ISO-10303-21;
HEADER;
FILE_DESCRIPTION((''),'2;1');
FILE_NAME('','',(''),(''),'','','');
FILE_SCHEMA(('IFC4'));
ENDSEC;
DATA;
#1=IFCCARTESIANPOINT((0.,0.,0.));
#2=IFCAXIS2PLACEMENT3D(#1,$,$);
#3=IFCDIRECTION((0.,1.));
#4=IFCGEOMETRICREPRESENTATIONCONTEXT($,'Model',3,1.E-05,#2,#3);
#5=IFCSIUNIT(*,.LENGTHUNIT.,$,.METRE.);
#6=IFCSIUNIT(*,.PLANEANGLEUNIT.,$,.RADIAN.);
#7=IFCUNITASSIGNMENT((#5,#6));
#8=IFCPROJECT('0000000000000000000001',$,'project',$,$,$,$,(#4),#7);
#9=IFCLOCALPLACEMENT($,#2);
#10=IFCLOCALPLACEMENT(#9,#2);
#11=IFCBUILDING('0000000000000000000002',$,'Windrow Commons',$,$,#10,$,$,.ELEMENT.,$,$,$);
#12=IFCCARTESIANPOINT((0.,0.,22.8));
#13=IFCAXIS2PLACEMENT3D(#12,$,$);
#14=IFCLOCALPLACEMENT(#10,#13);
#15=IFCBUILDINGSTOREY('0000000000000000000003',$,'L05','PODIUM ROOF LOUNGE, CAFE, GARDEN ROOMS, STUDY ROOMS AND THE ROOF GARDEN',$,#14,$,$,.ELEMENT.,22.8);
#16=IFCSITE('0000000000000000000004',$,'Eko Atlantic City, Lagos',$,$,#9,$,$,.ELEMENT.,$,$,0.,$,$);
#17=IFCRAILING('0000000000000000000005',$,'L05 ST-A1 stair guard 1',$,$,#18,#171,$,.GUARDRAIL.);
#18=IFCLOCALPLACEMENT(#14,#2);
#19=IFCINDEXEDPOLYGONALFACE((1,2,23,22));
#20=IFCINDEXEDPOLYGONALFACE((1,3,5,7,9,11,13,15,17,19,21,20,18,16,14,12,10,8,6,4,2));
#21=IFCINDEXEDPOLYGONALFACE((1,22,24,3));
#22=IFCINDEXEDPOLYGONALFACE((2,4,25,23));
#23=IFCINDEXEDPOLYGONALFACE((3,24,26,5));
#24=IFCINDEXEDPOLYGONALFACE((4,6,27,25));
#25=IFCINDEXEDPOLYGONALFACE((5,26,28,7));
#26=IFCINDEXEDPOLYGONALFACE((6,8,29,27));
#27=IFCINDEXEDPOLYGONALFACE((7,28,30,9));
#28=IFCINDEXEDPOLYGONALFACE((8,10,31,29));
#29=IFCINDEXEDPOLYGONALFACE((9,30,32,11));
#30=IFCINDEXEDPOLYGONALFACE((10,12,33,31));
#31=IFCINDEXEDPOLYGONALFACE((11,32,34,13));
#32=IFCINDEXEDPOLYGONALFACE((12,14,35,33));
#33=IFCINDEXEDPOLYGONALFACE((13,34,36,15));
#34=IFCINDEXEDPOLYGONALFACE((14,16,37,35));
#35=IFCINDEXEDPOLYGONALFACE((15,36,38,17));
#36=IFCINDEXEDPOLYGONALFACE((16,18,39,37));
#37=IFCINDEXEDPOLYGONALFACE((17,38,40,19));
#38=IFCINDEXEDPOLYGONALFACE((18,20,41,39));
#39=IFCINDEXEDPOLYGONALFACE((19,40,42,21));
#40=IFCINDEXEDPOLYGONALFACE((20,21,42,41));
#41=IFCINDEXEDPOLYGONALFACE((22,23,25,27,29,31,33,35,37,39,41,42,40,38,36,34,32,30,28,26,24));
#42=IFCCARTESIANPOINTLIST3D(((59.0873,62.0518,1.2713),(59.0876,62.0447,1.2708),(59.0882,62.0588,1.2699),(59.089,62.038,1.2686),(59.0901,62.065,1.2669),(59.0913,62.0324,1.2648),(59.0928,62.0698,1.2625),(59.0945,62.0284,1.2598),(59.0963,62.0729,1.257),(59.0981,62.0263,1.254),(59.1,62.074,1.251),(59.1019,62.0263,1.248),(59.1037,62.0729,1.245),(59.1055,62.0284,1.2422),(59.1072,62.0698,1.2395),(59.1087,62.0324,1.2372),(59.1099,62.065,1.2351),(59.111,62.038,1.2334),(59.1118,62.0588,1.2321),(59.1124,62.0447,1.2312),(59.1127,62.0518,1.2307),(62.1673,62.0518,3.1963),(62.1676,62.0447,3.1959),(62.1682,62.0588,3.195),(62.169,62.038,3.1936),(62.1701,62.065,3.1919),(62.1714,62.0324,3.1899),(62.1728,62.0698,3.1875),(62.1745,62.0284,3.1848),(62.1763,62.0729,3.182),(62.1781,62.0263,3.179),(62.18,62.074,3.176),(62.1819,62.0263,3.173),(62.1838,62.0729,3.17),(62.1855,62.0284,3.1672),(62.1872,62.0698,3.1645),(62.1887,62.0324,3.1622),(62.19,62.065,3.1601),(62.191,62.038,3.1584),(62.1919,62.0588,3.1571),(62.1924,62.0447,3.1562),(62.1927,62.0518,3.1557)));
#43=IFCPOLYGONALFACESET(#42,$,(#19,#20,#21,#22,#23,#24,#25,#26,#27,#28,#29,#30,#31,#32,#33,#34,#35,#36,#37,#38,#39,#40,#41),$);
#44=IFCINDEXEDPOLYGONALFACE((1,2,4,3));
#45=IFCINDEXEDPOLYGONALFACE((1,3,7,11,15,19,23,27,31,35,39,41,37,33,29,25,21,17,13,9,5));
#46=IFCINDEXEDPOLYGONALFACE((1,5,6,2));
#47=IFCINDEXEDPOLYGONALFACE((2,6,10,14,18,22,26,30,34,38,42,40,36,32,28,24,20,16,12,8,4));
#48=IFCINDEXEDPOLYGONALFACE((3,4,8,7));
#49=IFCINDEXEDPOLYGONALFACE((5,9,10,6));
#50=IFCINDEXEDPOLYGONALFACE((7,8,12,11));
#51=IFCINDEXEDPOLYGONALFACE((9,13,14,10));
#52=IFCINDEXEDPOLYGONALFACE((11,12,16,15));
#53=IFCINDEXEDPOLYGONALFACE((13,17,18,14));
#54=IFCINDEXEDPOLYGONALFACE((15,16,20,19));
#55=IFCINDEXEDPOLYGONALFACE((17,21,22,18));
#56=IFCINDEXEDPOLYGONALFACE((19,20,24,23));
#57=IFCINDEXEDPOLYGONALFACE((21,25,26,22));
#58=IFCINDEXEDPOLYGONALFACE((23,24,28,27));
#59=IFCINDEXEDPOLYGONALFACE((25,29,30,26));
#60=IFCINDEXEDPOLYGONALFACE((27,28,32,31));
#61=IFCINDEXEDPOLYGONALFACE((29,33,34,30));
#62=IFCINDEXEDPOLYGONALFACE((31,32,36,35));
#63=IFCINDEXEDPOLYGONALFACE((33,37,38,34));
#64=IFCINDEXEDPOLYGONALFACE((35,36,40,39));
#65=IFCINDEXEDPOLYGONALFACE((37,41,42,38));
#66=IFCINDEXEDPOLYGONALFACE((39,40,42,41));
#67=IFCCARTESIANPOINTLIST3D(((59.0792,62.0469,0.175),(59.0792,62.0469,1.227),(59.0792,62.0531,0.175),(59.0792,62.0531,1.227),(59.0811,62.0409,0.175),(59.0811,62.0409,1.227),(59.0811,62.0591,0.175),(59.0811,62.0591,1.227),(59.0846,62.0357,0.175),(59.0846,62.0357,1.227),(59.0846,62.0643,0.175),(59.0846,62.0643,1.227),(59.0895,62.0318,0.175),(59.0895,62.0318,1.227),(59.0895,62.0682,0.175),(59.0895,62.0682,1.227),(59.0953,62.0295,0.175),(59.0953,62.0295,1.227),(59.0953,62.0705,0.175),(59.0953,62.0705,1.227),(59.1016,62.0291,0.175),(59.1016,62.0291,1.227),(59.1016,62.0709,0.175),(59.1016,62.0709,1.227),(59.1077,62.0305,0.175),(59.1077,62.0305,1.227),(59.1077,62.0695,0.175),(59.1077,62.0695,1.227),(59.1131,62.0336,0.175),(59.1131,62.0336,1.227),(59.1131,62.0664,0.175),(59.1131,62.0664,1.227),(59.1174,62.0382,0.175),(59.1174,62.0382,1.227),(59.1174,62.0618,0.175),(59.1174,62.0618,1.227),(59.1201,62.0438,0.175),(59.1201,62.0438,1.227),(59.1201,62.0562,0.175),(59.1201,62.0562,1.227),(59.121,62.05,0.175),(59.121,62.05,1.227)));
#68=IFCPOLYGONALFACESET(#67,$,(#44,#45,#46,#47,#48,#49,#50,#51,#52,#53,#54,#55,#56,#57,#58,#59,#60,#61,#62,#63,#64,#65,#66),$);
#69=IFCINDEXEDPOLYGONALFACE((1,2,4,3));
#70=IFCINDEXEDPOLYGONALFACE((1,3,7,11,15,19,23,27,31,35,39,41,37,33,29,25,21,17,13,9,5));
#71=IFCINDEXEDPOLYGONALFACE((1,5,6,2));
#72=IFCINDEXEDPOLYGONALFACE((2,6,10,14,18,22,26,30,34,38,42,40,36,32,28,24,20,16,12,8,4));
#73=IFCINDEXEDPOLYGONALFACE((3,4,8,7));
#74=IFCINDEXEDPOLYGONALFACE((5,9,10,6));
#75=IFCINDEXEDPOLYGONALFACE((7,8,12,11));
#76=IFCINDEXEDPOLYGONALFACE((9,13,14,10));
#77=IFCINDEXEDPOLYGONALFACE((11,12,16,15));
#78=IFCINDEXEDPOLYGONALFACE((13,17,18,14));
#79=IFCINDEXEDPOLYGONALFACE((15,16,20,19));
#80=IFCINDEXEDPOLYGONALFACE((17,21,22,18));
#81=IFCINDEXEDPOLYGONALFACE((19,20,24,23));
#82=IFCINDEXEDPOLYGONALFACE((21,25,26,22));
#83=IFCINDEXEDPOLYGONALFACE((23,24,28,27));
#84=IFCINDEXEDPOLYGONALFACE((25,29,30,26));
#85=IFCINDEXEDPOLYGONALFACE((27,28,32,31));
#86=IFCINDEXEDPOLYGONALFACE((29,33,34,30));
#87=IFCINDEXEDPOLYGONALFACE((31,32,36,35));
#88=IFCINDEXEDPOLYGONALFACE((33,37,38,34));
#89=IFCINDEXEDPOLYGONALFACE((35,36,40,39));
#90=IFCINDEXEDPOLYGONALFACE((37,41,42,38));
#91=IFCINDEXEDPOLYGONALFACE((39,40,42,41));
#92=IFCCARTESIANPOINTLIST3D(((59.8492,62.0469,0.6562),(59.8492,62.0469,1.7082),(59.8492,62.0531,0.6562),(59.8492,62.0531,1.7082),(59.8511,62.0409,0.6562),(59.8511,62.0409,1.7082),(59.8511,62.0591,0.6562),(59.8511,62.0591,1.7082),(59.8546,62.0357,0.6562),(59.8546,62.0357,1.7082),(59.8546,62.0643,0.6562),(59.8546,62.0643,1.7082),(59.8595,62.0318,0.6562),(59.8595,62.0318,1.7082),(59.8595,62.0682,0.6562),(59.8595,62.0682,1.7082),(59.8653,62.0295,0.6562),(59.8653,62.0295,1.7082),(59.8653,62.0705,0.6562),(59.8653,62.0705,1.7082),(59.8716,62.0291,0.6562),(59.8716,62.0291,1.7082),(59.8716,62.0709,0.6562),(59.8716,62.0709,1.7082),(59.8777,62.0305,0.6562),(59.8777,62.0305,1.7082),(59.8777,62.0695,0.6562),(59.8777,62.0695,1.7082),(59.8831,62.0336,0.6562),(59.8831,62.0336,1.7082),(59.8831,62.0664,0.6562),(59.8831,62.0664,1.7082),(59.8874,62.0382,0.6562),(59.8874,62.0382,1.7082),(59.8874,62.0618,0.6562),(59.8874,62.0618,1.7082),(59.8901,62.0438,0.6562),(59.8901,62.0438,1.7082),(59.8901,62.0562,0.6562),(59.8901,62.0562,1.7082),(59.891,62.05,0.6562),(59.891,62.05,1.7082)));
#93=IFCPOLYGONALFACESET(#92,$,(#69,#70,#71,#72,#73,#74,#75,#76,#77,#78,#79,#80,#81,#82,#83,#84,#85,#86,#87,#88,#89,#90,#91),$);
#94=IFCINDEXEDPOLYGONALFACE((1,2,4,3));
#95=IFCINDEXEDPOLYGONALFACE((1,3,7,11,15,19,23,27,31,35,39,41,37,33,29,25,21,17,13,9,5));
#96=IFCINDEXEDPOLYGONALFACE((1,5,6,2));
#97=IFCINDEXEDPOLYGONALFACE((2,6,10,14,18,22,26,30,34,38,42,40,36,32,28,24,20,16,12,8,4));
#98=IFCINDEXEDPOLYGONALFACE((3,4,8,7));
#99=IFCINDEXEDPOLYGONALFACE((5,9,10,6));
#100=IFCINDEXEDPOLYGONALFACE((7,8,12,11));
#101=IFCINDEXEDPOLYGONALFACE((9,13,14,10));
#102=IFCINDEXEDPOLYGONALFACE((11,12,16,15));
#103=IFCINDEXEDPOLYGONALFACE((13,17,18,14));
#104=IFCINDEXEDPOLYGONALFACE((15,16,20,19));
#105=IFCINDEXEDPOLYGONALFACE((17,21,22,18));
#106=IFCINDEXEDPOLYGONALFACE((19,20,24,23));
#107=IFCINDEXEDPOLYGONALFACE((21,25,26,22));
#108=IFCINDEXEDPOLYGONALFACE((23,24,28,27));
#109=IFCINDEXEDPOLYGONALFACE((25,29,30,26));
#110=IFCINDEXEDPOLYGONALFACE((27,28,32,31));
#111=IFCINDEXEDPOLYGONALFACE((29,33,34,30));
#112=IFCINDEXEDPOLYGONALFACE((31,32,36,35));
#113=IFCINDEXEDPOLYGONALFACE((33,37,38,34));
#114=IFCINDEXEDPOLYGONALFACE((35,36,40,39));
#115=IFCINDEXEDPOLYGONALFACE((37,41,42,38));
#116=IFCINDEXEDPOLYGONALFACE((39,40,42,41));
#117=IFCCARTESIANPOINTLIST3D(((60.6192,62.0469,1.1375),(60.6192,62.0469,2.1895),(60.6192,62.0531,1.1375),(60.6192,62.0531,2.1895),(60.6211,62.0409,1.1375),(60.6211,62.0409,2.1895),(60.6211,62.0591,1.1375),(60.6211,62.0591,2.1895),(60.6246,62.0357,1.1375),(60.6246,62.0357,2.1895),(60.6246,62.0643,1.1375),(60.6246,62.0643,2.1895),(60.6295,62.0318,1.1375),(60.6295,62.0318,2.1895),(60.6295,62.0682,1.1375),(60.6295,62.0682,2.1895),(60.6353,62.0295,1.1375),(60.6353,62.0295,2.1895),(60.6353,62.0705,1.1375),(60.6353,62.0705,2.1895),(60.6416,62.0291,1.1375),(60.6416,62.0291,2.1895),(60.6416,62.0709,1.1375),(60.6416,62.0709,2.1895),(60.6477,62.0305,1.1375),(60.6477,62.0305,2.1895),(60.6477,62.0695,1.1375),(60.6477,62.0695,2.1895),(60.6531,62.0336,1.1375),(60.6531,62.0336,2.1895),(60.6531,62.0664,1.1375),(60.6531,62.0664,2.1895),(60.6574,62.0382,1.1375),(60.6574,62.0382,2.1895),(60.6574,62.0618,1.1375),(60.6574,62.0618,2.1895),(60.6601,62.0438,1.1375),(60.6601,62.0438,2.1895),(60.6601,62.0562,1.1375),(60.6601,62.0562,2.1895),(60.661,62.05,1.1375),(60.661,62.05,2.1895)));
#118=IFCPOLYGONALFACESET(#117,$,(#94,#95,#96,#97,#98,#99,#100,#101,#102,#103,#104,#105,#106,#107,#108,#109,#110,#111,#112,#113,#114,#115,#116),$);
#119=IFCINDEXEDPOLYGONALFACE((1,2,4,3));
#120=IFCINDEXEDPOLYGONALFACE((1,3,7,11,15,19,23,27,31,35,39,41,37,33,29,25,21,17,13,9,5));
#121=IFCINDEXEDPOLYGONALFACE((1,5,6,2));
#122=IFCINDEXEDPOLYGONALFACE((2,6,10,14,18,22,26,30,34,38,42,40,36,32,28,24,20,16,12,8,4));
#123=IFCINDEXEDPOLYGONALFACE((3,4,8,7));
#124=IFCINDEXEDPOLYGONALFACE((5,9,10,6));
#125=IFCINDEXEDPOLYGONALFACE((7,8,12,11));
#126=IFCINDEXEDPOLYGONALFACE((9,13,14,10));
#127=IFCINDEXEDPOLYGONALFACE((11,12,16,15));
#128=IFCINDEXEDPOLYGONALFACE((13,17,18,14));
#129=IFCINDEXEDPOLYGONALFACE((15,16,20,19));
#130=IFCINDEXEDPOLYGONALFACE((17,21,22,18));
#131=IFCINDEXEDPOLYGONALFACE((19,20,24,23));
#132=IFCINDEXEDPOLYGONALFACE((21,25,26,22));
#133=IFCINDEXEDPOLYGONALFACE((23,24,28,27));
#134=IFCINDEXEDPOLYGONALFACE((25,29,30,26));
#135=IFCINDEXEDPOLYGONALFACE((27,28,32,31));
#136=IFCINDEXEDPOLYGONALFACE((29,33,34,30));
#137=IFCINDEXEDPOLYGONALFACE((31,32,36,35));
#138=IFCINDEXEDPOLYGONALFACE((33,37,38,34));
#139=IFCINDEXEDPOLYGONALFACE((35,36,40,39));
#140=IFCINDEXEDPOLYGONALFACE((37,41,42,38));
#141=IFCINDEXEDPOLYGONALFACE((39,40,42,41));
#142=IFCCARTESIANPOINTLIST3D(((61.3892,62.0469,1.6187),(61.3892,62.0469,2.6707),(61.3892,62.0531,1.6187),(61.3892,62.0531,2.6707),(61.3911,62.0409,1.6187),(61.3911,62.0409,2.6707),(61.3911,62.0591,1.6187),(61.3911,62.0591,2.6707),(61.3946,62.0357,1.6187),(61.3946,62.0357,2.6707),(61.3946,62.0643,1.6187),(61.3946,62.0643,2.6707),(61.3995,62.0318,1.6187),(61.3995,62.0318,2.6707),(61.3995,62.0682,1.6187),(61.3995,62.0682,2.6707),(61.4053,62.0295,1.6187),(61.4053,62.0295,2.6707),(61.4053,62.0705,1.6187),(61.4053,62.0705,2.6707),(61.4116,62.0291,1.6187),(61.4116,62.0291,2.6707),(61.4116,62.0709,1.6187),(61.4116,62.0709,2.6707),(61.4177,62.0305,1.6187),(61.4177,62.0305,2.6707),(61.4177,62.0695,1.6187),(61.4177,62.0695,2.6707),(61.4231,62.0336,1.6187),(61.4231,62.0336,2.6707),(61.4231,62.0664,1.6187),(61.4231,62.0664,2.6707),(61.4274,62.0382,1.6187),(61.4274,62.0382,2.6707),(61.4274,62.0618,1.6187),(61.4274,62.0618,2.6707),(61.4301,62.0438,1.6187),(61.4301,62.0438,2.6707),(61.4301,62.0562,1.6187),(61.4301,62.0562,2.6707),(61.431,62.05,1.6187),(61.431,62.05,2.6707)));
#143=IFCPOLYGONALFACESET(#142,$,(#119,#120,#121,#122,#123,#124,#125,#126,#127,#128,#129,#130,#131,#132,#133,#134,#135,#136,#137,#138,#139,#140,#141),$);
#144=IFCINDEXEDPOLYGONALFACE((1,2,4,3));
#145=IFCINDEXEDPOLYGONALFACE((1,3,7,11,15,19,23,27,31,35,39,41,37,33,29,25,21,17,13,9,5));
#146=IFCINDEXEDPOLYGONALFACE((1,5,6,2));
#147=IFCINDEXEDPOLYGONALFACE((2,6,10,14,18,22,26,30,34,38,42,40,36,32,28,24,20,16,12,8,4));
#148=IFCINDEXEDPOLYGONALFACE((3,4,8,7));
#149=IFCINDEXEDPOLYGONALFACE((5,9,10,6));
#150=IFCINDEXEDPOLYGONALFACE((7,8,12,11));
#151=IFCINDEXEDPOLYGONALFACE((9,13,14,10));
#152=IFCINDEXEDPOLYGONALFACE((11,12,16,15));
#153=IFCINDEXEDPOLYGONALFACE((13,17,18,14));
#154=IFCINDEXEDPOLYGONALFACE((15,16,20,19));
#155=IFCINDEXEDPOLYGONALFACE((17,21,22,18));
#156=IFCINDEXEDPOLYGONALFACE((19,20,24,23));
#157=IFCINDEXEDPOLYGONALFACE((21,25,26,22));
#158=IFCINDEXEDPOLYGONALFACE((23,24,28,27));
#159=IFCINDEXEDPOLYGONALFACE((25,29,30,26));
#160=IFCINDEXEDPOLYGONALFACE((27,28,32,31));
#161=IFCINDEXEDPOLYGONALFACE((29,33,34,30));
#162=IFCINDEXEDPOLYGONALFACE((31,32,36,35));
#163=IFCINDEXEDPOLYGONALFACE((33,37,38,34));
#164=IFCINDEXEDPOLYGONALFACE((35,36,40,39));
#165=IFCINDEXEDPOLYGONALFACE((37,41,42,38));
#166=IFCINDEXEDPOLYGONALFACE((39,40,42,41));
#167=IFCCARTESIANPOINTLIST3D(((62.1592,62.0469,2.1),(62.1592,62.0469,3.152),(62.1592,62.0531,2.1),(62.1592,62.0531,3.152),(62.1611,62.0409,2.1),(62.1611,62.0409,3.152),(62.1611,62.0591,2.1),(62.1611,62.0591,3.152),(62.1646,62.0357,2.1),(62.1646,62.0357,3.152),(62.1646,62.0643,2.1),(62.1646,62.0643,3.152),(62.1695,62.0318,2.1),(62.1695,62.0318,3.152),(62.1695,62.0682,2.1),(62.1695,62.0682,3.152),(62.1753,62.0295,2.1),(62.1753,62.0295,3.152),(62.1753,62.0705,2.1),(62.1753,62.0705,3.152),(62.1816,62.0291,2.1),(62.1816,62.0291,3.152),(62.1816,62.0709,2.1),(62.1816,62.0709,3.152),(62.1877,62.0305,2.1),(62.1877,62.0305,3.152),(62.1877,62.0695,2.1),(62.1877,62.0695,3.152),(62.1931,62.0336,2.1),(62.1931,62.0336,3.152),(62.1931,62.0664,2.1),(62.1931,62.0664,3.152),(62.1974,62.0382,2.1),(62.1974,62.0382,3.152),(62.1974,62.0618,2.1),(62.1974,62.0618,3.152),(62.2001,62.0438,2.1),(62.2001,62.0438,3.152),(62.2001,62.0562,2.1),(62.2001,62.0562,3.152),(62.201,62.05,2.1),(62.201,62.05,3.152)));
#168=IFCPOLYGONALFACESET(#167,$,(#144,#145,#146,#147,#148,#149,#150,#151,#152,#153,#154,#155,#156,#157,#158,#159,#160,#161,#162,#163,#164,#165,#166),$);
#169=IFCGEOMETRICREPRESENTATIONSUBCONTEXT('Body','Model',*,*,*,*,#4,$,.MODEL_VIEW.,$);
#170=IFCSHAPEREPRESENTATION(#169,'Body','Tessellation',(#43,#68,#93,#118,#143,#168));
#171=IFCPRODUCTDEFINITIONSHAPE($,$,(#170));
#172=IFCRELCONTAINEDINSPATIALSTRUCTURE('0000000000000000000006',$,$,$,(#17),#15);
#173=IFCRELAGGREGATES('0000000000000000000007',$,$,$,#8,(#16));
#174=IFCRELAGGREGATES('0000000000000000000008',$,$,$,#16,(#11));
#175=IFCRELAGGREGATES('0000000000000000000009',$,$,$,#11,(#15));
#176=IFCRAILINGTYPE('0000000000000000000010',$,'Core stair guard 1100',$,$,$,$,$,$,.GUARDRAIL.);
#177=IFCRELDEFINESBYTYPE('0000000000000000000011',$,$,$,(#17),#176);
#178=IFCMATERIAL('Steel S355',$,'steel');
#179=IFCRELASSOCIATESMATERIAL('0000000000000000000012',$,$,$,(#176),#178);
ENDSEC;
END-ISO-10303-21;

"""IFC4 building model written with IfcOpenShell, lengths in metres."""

from ifc_helpers import new_model, si_unit, direction, frame, origin, origin_2d, place, context, subcontext, project, spatial, circle, extrude, material, type_object, element, save


model = new_model("IFC4")

# Units and contexts
model_context = context("Model", 3, precision=1e-05, world=origin(), true_north=direction((0.0, 1.0)))
body_context = subcontext(model_context, "Body", "Model", "MODEL_VIEW")
ifc_project = project(units=[si_unit("LENGTHUNIT", "METRE"), si_unit("PLANEANGLEUNIT", "RADIAN")], contexts=[model_context])

# Site, building, storey
site_placement = place(None, origin())
site = spatial("IfcSite", under=ifc_project, at=site_placement, Name="Eko Atlantic City, Lagos", CompositionType="ELEMENT", RefElevation=0.0)
building_placement = place(site_placement, origin())
building = spatial("IfcBuilding", under=site, at=building_placement, Name="Windrow Commons", CompositionType="ELEMENT")
storey_placement = place(building_placement, frame((0.0, 0.0, 22.8)))
storey = spatial("IfcBuildingStorey", under=building, at=storey_placement, Name="L05", Description="PODIUM ROOF LOUNGE, CAFE, GARDEN ROOMS, STUDY ROOMS AND THE ROOF GARDEN", CompositionType="ELEMENT", Elevation=22.8)

# Railing
ifc_material_1 = material(Name="Steel S355", Category="steel")
railing_type_1 = type_object("IfcRailingType", Name="Core stair guard 1100", PredefinedType="GUARDRAIL", material=ifc_material_1)
railing_1_placement = place(storey_placement, frame((59.1, 62.05, 0.175)))
element("IfcRailing", 1, at=railing_1_placement, inside=storey, type_object=railing_type_1, Name="L05 ST-A1 stair guard 1", PredefinedType="GUARDRAIL", context=body_context, shape_type="SweptSolid", body=[
    extrude(circle(Radius=0.024, at=origin_2d()), frame((0.0, 0.0, 1.076), z_axis=(0.847998, 0.0, 0.529999), x_axis=(0.0, 1.0, 0.0)), (0.0, 0.0, 1.0), 3.6321),
    extrude(circle(Radius=0.021, at=origin_2d()), origin(), (0.0, 0.0, 1.0), 1.052),
    extrude(circle(Radius=0.021, at=origin_2d()), frame((0.77, 0.0, 0.4812)), (0.0, 0.0, 1.0), 1.052),
    extrude(circle(Radius=0.021, at=origin_2d()), frame((1.54, 0.0, 0.9625)), (0.0, 0.0, 1.0), 1.052),
    extrude(circle(Radius=0.021, at=origin_2d()), frame((2.31, 0.0, 1.4437)), (0.0, 0.0, 1.0), 1.052),
    extrude(circle(Radius=0.021, at=origin_2d()), frame((3.08, 0.0, 1.925)), (0.0, 0.0, 1.0), 1.052),
])

save(model, "model.ifc")
